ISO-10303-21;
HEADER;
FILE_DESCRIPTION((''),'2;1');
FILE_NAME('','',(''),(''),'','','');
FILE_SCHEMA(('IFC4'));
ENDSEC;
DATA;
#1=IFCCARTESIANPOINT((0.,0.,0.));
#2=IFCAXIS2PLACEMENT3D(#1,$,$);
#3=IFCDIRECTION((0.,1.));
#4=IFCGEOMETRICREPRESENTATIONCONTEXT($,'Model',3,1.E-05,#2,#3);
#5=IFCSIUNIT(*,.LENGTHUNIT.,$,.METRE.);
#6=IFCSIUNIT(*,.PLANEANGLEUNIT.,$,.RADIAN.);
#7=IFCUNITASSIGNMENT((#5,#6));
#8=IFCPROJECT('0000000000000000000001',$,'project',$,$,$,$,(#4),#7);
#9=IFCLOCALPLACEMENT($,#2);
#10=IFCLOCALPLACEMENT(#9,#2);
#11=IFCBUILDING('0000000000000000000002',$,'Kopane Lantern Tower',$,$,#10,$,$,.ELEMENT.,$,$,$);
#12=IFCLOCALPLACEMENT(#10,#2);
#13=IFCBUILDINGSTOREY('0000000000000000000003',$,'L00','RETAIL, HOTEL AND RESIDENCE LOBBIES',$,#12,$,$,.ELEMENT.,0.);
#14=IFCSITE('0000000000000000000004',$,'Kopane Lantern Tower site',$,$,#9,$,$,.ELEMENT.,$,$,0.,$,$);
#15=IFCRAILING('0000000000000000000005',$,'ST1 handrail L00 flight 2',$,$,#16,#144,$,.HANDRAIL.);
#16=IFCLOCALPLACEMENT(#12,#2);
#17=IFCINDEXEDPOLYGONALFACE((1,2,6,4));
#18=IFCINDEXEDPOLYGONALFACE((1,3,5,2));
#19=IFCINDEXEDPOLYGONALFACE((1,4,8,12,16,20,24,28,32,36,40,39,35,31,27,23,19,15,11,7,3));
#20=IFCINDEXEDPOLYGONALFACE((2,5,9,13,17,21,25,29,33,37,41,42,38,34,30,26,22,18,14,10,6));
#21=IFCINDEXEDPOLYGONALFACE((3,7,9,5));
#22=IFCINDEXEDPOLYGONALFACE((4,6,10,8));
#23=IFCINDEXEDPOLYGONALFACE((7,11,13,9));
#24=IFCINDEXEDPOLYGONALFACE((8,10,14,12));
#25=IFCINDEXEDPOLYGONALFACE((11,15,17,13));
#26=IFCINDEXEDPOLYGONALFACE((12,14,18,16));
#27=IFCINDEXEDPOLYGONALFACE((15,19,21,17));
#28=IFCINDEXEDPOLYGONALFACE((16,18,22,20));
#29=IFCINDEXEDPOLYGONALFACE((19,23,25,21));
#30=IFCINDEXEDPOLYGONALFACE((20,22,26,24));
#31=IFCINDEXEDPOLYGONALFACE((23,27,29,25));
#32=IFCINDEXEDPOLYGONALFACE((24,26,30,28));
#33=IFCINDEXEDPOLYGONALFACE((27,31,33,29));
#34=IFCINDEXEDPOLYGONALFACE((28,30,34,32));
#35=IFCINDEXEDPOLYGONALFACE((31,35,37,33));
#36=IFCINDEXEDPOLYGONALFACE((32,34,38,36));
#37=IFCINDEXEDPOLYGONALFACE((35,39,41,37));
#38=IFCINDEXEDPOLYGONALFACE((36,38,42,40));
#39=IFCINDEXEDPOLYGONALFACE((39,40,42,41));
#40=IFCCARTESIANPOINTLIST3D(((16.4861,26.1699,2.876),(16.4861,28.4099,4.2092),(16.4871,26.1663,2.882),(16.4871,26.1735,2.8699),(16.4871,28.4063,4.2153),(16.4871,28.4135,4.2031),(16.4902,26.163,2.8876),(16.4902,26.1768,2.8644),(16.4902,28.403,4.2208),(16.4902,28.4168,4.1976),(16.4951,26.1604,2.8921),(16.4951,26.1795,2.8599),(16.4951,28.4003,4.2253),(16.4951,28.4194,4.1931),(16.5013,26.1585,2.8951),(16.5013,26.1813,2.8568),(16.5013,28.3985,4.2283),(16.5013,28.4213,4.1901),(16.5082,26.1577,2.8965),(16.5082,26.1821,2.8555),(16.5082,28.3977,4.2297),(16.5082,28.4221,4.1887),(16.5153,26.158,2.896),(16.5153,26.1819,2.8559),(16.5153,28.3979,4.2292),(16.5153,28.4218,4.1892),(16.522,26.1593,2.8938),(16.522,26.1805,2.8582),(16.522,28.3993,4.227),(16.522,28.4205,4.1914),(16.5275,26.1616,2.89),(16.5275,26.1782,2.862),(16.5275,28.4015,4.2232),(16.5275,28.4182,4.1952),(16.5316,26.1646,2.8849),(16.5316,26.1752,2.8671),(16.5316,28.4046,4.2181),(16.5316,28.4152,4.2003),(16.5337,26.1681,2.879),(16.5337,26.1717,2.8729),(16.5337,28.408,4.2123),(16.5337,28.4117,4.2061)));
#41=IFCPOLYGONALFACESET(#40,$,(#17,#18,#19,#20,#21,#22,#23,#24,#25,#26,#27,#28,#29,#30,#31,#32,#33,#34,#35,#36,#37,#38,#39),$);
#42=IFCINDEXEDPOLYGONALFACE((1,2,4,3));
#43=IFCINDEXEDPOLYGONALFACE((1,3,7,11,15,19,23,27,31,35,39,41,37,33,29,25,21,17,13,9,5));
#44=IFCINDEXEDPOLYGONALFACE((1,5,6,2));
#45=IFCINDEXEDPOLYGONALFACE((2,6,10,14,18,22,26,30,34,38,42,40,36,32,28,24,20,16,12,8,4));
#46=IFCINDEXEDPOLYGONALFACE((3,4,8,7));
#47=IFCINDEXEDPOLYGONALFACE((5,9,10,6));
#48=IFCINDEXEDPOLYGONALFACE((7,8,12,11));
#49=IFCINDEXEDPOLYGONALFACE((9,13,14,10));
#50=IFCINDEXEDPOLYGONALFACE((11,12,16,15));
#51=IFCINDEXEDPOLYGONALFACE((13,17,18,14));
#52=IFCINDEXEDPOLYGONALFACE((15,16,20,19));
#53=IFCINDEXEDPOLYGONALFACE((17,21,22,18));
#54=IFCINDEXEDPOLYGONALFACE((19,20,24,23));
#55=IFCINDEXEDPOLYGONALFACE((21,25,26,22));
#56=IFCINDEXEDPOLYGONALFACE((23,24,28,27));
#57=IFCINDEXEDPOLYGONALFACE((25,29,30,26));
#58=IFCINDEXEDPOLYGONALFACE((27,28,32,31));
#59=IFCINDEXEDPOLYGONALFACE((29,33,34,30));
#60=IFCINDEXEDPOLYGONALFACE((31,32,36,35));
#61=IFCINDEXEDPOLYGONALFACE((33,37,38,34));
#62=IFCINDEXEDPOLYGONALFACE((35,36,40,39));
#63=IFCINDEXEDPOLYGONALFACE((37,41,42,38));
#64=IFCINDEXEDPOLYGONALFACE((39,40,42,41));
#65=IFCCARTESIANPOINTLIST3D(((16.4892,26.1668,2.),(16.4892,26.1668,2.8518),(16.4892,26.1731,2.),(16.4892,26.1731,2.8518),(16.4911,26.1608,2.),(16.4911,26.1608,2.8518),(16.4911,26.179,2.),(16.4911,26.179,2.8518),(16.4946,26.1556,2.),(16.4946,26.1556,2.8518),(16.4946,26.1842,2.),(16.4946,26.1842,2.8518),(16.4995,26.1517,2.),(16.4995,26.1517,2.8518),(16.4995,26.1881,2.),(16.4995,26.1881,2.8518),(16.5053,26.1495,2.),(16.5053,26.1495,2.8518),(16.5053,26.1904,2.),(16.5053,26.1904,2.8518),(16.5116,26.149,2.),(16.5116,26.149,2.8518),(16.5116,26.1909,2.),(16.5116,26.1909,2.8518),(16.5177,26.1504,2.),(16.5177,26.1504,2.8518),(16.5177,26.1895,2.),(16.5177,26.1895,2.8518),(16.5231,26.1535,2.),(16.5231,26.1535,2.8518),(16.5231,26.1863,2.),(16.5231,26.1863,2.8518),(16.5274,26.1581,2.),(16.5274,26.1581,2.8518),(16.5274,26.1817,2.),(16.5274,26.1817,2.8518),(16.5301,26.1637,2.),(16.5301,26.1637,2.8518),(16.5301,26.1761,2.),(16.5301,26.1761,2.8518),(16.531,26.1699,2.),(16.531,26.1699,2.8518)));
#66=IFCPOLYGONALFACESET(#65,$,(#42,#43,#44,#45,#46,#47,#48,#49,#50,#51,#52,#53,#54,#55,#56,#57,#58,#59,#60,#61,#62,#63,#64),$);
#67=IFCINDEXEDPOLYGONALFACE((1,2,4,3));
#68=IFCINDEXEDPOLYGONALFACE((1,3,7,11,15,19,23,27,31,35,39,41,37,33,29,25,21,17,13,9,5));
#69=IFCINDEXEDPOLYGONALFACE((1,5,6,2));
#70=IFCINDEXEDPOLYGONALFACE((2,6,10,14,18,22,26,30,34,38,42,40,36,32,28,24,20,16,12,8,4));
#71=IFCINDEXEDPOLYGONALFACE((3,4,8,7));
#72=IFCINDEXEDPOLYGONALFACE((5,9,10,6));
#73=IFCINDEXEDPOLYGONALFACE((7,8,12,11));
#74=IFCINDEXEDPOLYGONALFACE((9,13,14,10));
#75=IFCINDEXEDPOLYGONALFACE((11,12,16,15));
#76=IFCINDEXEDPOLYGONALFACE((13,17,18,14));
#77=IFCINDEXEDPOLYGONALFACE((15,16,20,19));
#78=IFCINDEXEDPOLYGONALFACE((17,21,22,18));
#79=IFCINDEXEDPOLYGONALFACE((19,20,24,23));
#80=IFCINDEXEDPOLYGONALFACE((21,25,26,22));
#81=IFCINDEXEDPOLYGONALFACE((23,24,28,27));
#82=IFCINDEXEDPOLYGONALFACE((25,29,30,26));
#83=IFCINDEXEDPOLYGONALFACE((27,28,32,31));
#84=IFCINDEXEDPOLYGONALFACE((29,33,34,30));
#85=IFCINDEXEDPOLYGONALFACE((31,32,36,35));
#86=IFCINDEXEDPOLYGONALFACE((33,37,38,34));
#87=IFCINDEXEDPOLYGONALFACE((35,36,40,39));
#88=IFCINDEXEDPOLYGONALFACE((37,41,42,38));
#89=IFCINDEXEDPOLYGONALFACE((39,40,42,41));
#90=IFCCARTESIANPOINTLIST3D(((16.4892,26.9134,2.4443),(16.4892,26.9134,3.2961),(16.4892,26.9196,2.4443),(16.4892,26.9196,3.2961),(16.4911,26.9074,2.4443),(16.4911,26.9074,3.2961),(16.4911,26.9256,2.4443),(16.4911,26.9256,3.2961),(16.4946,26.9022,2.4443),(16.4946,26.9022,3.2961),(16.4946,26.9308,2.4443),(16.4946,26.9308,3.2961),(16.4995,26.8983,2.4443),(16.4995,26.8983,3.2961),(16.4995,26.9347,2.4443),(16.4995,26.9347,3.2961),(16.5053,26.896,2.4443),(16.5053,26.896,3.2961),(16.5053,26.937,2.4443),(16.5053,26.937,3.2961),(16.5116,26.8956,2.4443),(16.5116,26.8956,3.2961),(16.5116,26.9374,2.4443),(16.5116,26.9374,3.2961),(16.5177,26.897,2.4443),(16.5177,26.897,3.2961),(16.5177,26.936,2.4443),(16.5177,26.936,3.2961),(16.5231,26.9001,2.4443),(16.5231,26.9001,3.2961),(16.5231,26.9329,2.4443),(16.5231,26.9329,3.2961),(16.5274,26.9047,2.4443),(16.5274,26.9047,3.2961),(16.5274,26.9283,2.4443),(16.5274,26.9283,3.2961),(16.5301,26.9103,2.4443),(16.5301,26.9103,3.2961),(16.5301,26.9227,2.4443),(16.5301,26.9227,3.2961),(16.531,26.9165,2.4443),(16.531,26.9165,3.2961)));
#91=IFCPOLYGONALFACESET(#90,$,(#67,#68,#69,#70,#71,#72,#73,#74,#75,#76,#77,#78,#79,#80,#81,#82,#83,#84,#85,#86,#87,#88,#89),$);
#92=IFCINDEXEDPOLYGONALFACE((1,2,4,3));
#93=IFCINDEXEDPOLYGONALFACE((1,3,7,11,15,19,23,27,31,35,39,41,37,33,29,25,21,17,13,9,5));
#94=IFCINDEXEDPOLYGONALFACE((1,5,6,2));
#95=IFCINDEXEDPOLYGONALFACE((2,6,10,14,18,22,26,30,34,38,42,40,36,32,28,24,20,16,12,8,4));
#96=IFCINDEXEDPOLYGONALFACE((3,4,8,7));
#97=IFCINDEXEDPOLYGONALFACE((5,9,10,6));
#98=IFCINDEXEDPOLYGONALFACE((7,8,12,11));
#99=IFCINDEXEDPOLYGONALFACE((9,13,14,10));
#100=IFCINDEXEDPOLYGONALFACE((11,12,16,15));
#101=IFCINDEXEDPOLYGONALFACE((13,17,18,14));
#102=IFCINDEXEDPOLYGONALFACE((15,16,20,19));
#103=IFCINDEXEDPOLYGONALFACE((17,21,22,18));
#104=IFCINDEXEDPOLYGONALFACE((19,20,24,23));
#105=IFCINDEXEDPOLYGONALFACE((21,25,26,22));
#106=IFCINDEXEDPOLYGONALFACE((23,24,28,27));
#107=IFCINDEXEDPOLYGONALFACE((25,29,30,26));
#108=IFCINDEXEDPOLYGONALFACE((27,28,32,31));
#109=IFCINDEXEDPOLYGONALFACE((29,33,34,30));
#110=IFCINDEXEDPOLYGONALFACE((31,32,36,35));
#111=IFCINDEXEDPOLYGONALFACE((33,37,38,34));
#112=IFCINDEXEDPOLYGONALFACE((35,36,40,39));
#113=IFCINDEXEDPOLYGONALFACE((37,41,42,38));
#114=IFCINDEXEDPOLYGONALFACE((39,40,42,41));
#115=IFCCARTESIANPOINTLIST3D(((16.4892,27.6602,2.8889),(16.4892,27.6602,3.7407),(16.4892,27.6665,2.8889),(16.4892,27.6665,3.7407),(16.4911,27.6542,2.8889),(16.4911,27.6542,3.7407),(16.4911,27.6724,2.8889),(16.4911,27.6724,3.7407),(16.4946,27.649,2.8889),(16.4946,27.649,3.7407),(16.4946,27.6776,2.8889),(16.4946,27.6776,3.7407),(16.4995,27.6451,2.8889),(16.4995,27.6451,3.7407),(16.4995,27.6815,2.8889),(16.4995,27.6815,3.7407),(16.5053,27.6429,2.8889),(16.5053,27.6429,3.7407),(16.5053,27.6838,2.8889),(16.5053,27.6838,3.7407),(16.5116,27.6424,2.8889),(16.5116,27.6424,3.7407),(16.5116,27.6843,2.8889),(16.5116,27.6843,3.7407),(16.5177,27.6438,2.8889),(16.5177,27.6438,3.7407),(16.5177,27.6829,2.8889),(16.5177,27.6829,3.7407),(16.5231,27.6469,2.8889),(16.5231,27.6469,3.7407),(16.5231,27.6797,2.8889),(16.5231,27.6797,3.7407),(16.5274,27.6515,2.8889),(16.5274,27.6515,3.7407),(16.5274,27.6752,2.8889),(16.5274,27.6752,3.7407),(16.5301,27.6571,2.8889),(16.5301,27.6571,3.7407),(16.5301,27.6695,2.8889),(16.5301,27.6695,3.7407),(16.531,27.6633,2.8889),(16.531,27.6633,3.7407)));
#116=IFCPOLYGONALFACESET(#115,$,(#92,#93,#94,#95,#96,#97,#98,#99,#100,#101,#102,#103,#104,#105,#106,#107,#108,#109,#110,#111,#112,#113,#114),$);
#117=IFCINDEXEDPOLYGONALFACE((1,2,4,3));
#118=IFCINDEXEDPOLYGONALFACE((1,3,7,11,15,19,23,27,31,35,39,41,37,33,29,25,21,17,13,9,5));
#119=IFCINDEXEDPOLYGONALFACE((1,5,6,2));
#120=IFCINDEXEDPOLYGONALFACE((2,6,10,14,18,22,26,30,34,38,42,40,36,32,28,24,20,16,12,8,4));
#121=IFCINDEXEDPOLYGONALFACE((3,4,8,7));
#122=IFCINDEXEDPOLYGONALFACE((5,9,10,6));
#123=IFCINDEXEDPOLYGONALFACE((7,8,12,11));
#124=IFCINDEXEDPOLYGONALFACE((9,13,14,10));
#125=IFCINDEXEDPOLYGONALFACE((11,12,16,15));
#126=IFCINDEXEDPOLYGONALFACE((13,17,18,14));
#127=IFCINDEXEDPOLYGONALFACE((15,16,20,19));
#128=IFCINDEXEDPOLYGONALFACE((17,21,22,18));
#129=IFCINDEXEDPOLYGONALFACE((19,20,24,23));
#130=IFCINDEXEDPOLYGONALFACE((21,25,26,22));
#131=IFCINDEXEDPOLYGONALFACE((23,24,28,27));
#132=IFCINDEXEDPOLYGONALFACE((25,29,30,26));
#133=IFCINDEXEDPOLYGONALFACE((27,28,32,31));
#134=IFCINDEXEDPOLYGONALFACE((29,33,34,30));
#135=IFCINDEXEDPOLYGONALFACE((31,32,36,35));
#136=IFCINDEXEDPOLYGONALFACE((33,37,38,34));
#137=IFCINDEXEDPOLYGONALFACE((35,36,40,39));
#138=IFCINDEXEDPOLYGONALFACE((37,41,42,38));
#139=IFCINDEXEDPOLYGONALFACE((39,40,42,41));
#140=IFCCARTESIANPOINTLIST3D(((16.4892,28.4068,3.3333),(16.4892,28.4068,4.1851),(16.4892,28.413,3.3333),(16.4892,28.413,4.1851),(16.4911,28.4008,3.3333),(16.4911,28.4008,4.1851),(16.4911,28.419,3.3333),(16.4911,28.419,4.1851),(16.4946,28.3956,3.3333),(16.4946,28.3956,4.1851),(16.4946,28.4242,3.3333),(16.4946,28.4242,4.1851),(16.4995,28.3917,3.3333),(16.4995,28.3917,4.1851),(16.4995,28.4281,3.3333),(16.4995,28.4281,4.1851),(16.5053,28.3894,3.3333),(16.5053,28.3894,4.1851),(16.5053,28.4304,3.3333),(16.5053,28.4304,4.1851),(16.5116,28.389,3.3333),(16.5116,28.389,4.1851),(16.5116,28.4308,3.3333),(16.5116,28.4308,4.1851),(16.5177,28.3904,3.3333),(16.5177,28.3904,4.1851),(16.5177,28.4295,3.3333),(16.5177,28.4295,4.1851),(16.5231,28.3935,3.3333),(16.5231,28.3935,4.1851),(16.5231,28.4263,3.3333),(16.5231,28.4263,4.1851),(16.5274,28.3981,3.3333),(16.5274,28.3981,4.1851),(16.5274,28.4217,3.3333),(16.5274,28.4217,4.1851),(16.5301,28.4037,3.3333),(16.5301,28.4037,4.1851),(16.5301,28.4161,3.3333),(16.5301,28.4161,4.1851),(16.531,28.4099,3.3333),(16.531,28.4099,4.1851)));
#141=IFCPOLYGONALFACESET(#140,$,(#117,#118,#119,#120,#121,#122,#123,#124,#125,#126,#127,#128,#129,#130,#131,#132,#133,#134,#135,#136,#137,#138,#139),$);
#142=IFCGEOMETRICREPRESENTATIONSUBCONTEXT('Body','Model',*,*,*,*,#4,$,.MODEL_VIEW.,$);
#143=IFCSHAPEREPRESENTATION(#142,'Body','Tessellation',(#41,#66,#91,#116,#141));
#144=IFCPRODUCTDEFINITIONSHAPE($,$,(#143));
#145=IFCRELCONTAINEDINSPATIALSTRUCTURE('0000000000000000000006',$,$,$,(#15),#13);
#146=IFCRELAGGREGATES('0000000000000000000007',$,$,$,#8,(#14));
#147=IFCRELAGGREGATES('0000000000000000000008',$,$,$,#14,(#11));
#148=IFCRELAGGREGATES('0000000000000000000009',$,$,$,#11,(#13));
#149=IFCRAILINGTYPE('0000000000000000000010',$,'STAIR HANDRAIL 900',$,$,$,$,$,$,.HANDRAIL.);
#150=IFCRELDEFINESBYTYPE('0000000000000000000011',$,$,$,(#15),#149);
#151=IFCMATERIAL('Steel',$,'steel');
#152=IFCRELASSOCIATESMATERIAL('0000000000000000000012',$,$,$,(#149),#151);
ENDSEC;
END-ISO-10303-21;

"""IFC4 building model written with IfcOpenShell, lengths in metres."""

from ifc_helpers import new_model, si_unit, direction, frame, origin, origin_2d, place, context, subcontext, project, spatial, circle, extrude, material, type_object, element, save


model = new_model("IFC4")

# Units and contexts
model_context = context("Model", 3, precision=1e-05, world=origin(), true_north=direction((0.0, 1.0)))
body_context = subcontext(model_context, "Body", "Model", "MODEL_VIEW")
ifc_project = project(units=[si_unit("LENGTHUNIT", "METRE"), si_unit("PLANEANGLEUNIT", "RADIAN")], contexts=[model_context])

# Site, building, storey
site_placement = place(None, origin())
site = spatial("IfcSite", under=ifc_project, at=site_placement, Name="Kopane Lantern Tower site", CompositionType="ELEMENT", RefElevation=0.0)
building_placement = place(site_placement, origin())
building = spatial("IfcBuilding", under=site, at=building_placement, Name="Kopane Lantern Tower", CompositionType="ELEMENT")
storey_placement = place(building_placement, origin())
storey = spatial("IfcBuildingStorey", under=building, at=storey_placement, Name="L00", Description="RETAIL, HOTEL AND RESIDENCE LOBBIES", CompositionType="ELEMENT", Elevation=0.0)

# Railing
ifc_material_1 = material(Name="Steel", Category="steel")
railing_type_1 = type_object("IfcRailingType", Name="STAIR HANDRAIL 900", PredefinedType="HANDRAIL", material=ifc_material_1)
for number, where, name in (
    (1, (16.51, 26.1699, 2.0), "ST1 handrail L00 flight 2"),
):
    element("IfcRailing", number, at=place(storey_placement, frame(where)), inside=storey, type_object=railing_type_1, Name=name, PredefinedType="HANDRAIL", context=body_context, shape_type="SweptSolid", body=[
        extrude(circle(Radius=0.0239, at=origin_2d()), frame((0.0, 0.0, 0.876), z_axis=(0.0, 0.859306, 0.511462), x_axis=(-1.0, 0.0, 0.0)), (0.0, 0.0, 1.0), 2.6067),
        extrude(circle(Radius=0.021, at=origin_2d()), origin(), (0.0, 0.0, 1.0), 0.8518),
        extrude(circle(Radius=0.021, at=origin_2d()), frame((0.0, 0.7466, 0.4443)), (0.0, 0.0, 1.0), 0.8518),
        extrude(circle(Radius=0.021, at=origin_2d()), frame((0.0, 1.4934, 0.8889)), (0.0, 0.0, 1.0), 0.8518),
        extrude(circle(Radius=0.021, at=origin_2d()), frame((0.0, 2.24, 1.3333)), (0.0, 0.0, 1.0), 0.8518),
    ])

save(model, "model.ifc")
